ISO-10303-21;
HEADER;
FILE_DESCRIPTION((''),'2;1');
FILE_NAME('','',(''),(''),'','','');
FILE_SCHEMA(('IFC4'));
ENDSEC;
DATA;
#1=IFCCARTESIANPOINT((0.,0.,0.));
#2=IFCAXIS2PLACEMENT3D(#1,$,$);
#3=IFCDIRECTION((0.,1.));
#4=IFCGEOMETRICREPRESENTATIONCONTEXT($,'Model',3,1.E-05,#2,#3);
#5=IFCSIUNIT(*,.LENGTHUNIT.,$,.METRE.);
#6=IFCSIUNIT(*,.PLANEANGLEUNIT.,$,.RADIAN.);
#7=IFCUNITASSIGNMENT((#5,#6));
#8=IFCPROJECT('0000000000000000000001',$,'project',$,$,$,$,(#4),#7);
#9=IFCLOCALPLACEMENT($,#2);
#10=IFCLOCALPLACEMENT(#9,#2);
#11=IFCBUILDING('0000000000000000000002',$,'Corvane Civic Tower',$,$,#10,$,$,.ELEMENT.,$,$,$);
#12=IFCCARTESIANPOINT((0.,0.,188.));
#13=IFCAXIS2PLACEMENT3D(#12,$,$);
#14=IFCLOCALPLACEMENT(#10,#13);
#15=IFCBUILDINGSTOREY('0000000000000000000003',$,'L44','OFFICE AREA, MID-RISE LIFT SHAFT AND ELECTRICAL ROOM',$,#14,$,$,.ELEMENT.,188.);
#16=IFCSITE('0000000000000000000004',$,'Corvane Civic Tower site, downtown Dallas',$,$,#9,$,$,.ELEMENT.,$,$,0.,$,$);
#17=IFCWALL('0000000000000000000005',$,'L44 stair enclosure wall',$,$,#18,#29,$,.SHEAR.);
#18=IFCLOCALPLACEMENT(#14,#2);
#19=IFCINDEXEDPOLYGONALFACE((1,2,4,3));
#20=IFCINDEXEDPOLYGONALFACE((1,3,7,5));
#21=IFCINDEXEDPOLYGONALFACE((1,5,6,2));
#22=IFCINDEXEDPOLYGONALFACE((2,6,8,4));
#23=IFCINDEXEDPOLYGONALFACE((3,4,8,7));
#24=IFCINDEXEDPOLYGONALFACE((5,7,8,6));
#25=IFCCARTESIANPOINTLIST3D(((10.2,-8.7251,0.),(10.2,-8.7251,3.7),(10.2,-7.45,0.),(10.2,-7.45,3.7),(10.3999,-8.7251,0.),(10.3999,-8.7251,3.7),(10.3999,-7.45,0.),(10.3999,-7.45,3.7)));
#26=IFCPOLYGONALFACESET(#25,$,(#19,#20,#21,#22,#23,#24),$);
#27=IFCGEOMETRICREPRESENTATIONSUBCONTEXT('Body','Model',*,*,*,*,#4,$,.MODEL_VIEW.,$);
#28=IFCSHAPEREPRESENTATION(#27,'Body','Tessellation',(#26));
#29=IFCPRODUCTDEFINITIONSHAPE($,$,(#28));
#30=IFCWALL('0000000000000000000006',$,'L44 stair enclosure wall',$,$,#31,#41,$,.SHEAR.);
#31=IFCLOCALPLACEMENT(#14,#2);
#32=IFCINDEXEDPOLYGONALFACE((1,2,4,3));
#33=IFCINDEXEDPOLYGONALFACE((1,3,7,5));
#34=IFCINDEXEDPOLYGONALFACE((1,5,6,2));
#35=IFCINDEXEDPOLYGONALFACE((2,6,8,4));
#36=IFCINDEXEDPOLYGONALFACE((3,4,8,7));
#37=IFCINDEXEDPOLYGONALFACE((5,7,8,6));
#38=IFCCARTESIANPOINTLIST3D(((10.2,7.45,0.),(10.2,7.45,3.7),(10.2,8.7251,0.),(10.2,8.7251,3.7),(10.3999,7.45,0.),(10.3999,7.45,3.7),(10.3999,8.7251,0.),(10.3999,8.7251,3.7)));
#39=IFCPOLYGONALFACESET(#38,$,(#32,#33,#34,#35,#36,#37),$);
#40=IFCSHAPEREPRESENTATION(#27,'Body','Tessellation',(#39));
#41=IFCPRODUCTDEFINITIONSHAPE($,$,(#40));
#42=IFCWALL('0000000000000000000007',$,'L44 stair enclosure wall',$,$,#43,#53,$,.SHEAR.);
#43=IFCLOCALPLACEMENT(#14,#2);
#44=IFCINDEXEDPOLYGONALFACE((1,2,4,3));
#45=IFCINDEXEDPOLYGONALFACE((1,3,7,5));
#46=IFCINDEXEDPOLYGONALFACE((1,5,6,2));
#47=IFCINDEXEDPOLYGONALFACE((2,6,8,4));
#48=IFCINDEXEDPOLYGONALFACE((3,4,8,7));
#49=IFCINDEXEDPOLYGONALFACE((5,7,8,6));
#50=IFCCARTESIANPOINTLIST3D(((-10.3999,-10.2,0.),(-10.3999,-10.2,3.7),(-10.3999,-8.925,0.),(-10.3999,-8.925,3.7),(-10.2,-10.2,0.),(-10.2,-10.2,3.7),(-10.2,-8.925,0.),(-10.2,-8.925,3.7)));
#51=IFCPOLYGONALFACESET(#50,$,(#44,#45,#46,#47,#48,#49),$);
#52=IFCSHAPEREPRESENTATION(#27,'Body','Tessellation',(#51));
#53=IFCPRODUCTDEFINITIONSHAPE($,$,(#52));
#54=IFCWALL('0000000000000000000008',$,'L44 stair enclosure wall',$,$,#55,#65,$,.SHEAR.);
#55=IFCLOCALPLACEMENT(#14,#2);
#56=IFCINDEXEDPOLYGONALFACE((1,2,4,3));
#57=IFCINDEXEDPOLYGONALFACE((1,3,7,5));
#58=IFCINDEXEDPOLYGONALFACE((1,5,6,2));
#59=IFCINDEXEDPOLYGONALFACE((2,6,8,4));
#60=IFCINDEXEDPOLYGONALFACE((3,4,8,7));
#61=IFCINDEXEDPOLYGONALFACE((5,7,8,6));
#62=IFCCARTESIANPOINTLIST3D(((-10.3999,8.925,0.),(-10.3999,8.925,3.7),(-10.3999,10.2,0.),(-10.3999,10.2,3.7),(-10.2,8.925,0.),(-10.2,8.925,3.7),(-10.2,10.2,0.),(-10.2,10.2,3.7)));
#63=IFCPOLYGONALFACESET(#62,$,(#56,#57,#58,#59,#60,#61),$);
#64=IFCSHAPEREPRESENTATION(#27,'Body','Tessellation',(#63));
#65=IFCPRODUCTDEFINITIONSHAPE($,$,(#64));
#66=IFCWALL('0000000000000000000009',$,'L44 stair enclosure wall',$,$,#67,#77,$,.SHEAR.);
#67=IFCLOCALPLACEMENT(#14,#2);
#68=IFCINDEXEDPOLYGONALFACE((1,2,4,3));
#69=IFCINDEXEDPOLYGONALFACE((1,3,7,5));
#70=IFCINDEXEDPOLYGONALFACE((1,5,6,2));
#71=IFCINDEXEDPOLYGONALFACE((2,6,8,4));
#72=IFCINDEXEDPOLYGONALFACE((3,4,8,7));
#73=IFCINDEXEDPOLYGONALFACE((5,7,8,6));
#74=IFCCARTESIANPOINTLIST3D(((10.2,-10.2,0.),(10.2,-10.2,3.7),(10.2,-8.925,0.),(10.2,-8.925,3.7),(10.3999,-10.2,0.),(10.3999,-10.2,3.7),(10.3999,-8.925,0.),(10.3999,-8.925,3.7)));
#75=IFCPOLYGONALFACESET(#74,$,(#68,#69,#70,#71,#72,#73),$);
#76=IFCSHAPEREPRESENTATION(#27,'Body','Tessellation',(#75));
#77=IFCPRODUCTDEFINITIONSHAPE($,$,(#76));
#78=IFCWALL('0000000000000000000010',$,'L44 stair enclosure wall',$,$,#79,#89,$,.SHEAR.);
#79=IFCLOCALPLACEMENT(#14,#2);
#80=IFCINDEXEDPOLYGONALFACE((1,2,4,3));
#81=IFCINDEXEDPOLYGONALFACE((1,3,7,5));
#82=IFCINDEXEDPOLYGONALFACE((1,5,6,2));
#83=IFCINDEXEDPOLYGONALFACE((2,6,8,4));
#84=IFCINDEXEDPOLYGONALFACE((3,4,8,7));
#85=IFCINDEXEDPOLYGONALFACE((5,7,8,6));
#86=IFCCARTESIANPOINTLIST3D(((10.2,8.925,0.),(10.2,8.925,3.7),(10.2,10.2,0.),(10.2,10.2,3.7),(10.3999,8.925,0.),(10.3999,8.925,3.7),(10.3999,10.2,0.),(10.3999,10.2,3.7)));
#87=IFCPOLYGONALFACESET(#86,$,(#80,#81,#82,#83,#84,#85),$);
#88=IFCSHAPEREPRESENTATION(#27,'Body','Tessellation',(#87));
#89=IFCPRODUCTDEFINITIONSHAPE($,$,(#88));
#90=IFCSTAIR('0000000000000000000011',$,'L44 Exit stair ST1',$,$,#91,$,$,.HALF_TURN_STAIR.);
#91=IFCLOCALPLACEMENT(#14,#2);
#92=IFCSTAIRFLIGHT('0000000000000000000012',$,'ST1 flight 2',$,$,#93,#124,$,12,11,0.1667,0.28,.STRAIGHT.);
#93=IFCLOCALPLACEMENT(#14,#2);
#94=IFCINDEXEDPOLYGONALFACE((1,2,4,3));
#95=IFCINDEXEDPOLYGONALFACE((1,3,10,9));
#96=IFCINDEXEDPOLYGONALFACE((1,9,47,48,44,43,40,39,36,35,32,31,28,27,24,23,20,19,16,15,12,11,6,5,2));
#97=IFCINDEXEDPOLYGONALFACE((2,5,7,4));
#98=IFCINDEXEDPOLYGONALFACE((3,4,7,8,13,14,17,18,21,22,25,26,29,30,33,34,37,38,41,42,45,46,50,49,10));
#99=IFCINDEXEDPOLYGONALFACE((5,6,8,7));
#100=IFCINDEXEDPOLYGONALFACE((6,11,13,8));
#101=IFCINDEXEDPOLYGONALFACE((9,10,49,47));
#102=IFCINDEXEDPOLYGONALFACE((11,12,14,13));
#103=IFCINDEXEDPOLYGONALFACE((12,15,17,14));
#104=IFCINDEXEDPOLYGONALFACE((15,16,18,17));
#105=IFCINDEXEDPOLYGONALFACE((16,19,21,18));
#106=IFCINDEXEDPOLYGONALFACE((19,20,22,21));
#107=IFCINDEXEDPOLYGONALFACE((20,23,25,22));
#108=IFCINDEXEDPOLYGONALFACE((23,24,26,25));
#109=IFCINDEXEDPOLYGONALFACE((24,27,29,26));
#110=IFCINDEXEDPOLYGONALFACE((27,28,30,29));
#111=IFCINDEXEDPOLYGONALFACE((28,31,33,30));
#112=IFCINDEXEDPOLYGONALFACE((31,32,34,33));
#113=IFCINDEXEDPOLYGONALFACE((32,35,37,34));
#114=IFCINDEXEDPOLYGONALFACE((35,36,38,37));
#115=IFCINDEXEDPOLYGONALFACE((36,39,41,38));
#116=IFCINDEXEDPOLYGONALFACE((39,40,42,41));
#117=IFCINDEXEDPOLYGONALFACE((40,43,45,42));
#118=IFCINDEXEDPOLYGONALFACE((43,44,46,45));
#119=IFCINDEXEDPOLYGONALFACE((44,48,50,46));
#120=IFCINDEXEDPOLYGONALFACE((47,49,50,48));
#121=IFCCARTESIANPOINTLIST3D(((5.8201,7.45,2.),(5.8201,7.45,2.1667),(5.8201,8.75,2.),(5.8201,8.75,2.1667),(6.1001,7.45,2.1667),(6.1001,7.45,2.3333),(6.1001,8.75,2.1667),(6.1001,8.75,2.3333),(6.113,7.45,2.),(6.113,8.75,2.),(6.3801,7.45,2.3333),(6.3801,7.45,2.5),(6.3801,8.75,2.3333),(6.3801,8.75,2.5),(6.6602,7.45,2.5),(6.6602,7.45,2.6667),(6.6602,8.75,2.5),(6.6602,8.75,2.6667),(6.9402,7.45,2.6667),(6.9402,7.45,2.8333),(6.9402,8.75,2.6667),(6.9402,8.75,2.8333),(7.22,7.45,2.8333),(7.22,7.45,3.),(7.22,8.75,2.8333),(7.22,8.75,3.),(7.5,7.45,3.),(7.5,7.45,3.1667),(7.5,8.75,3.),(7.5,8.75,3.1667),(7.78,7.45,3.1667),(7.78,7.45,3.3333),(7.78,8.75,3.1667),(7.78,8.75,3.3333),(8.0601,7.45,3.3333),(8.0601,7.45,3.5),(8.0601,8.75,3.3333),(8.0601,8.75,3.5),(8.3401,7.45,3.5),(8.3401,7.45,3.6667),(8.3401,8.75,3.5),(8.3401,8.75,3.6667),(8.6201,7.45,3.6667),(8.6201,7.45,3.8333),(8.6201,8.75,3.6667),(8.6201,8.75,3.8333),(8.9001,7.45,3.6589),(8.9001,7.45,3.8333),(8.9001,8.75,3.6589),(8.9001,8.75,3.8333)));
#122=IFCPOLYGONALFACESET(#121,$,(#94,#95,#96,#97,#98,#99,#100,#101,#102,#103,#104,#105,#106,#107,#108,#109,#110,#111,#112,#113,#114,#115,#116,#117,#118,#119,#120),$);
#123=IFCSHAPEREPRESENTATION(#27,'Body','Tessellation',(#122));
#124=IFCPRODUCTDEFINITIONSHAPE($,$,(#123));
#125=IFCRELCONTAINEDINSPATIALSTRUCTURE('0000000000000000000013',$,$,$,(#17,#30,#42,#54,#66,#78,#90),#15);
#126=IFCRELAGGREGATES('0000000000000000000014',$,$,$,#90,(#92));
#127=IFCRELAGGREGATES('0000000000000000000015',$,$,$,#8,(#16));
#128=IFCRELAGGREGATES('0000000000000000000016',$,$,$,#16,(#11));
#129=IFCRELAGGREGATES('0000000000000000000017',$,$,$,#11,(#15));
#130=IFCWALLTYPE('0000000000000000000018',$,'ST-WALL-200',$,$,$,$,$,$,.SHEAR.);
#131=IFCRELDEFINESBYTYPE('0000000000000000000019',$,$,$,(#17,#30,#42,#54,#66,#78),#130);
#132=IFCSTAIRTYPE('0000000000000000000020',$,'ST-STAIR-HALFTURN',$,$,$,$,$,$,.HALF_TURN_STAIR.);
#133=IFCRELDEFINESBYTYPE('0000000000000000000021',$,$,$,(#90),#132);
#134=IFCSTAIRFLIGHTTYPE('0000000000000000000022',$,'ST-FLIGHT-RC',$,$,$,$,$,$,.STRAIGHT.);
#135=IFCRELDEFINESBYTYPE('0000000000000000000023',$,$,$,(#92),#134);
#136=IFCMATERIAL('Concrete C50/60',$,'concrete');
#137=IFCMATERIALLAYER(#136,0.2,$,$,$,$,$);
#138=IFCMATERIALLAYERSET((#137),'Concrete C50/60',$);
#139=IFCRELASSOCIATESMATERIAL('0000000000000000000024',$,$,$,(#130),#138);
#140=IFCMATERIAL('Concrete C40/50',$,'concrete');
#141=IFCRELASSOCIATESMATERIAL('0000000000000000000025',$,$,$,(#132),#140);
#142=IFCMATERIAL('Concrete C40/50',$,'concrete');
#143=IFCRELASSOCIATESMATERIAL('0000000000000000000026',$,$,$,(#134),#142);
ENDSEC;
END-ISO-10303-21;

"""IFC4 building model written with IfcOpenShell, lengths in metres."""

from ifc_helpers import new_model, si_unit, direction, frame, origin, place, context, subcontext, project, spatial, polyline, outline, extrude, material, layer, layer_set, type_object, element, aggregate, save


model = new_model("IFC4")

# Units and contexts
model_context = context("Model", 3, precision=1e-05, world=origin(), true_north=direction((0.0, 1.0)))
body_context = subcontext(model_context, "Body", "Model", "MODEL_VIEW")
ifc_project = project(units=[si_unit("LENGTHUNIT", "METRE"), si_unit("PLANEANGLEUNIT", "RADIAN")], contexts=[model_context])

# Site, building, storey
site_placement = place(None, origin())
site = spatial("IfcSite", under=ifc_project, at=site_placement, Name="Corvane Civic Tower site, downtown Dallas", CompositionType="ELEMENT", RefElevation=0.0)
building_placement = place(site_placement, origin())
building = spatial("IfcBuilding", under=site, at=building_placement, Name="Corvane Civic Tower", CompositionType="ELEMENT")
storey_placement = place(building_placement, frame((0.0, 0.0, 188.0)))
storey = spatial("IfcBuildingStorey", under=building, at=storey_placement, Name="L44", Description="OFFICE AREA, MID-RISE LIFT SHAFT AND ELECTRICAL ROOM", CompositionType="ELEMENT", Elevation=188.0)

# Shared definitions
ifc_material_1 = material(Name="Concrete C50/60", Category="concrete")
ifc_layer_1 = layer(ifc_material_1, 0.2)
ifc_layer_set_1 = layer_set([ifc_layer_1], Name="Concrete C50/60")
wall_type_1 = type_object("IfcWallType", Name="ST-WALL-200", PredefinedType="SHEAR", material=ifc_layer_set_1)

# Walls
wall_1_placement = place(storey_placement, origin())
element("IfcWall", 1, at=wall_1_placement, inside=storey, type_object=wall_type_1, Name="L44 stair enclosure wall", PredefinedType="SHEAR", context=body_context, shape_type="SweptSolid", body=[
    extrude(outline(polyline([(10.3999, -7.45), (10.3999, -8.7251), (10.2, -8.7251), (10.2, -7.45), (10.3999, -7.45)])), origin(), (0.0, 0.0, 1.0), 3.7),
])
wall_2_placement = place(storey_placement, origin())
element("IfcWall", 2, at=wall_2_placement, inside=storey, type_object=wall_type_1, Name="L44 stair enclosure wall", PredefinedType="SHEAR", context=body_context, shape_type="SweptSolid", body=[
    extrude(outline(polyline([(10.3999, 8.7251), (10.3999, 7.45), (10.2, 7.45), (10.2, 8.7251), (10.3999, 8.7251)])), origin(), (0.0, 0.0, 1.0), 3.7),
])
wall_3_placement = place(storey_placement, origin())
element("IfcWall", 3, at=wall_3_placement, inside=storey, type_object=wall_type_1, Name="L44 stair enclosure wall", PredefinedType="SHEAR", context=body_context, shape_type="SweptSolid", body=[
    extrude(outline(polyline([(-10.2, -8.925), (-10.2, -10.2), (-10.3999, -10.2), (-10.3999, -8.925), (-10.2, -8.925)])), origin(), (0.0, 0.0, 1.0), 3.7),
])
wall_4_placement = place(storey_placement, origin())
element("IfcWall", 4, at=wall_4_placement, inside=storey, type_object=wall_type_1, Name="L44 stair enclosure wall", PredefinedType="SHEAR", context=body_context, shape_type="SweptSolid", body=[
    extrude(outline(polyline([(-10.2, 8.925), (-10.3999, 8.925), (-10.3999, 10.2), (-10.2, 10.2), (-10.2, 8.925)])), origin(), (0.0, 0.0, 1.0), 3.7),
])
wall_5_placement = place(storey_placement, origin())
element("IfcWall", 5, at=wall_5_placement, inside=storey, type_object=wall_type_1, Name="L44 stair enclosure wall", PredefinedType="SHEAR", context=body_context, shape_type="SweptSolid", body=[
    extrude(outline(polyline([(10.3999, -8.925), (10.3999, -10.2), (10.2, -10.2), (10.2, -8.925), (10.3999, -8.925)])), origin(), (0.0, 0.0, 1.0), 3.7),
])
wall_6_placement = place(storey_placement, origin())
element("IfcWall", 6, at=wall_6_placement, inside=storey, type_object=wall_type_1, Name="L44 stair enclosure wall", PredefinedType="SHEAR", context=body_context, shape_type="SweptSolid", body=[
    extrude(outline(polyline([(10.3999, 8.925), (10.2, 8.925), (10.2, 10.2), (10.3999, 10.2), (10.3999, 8.925)])), origin(), (0.0, 0.0, 1.0), 3.7),
])

# Stair, stair flight
ifc_material_2 = material(Name="Concrete C40/50", Category="concrete")
stair_type = type_object("IfcStairType", Name="ST-STAIR-HALFTURN", PredefinedType="HALF_TURN_STAIR", material=ifc_material_2)
stair_placement = place(storey_placement, origin())
stair = element("IfcStair", 7, at=stair_placement, inside=storey, type_object=stair_type, Name="L44 Exit stair ST1", PredefinedType="HALF_TURN_STAIR")
ifc_material_3 = material(Name="Concrete C40/50", Category="concrete")
stair_flight_type = type_object("IfcStairFlightType", Name="ST-FLIGHT-RC", PredefinedType="STRAIGHT", material=ifc_material_3)
stair_flight_placement = place(storey_placement, frame((5.8201, 8.1001, 2.0), z_axis=(0.0, 0.0, 1.0), x_axis=(1.0, 0.0, 0.0)))
stair_flight = element("IfcStairFlight", 8, at=stair_flight_placement, type_object=stair_flight_type, Name="ST1 flight 2", NumberOfRisers=12, NumberOfTreads=11, PredefinedType="STRAIGHT", RiserHeight=0.1667, TreadLength=0.28, context=body_context, shape_type="SweptSolid", body=[
    extrude(outline(polyline([(0.0, 0.0), (0.0, 0.1667), (0.28, 0.1667), (0.28, 0.3333), (0.5601, 0.3333), (0.5601, 0.5), (0.8401, 0.5), (0.8401, 0.6667), (1.1201, 0.6667), (1.1201, 0.8333), (1.3999, 0.8333), (1.3999, 1.0), (1.6799, 1.0), (1.6799, 1.1667), (1.96, 1.1667), (1.96, 1.3333), (2.24, 1.3333), (2.24, 1.5), (2.52, 1.5), (2.52, 1.6667), (2.8, 1.6667), (2.8, 1.8333), (3.0801, 1.8333), (3.0801, 2.0), (3.0801, 1.6589), (0.293, 0.0), (0.0, 0.0)])), frame((0.0, 0.6499, 0.0), z_axis=(0.0, -1.0, 0.0), x_axis=(1.0, 0.0, 0.0)), (0.0, 0.0, 1.0), 1.3),
])
aggregate(stair, [stair_flight])

save(model, "model.ifc")
